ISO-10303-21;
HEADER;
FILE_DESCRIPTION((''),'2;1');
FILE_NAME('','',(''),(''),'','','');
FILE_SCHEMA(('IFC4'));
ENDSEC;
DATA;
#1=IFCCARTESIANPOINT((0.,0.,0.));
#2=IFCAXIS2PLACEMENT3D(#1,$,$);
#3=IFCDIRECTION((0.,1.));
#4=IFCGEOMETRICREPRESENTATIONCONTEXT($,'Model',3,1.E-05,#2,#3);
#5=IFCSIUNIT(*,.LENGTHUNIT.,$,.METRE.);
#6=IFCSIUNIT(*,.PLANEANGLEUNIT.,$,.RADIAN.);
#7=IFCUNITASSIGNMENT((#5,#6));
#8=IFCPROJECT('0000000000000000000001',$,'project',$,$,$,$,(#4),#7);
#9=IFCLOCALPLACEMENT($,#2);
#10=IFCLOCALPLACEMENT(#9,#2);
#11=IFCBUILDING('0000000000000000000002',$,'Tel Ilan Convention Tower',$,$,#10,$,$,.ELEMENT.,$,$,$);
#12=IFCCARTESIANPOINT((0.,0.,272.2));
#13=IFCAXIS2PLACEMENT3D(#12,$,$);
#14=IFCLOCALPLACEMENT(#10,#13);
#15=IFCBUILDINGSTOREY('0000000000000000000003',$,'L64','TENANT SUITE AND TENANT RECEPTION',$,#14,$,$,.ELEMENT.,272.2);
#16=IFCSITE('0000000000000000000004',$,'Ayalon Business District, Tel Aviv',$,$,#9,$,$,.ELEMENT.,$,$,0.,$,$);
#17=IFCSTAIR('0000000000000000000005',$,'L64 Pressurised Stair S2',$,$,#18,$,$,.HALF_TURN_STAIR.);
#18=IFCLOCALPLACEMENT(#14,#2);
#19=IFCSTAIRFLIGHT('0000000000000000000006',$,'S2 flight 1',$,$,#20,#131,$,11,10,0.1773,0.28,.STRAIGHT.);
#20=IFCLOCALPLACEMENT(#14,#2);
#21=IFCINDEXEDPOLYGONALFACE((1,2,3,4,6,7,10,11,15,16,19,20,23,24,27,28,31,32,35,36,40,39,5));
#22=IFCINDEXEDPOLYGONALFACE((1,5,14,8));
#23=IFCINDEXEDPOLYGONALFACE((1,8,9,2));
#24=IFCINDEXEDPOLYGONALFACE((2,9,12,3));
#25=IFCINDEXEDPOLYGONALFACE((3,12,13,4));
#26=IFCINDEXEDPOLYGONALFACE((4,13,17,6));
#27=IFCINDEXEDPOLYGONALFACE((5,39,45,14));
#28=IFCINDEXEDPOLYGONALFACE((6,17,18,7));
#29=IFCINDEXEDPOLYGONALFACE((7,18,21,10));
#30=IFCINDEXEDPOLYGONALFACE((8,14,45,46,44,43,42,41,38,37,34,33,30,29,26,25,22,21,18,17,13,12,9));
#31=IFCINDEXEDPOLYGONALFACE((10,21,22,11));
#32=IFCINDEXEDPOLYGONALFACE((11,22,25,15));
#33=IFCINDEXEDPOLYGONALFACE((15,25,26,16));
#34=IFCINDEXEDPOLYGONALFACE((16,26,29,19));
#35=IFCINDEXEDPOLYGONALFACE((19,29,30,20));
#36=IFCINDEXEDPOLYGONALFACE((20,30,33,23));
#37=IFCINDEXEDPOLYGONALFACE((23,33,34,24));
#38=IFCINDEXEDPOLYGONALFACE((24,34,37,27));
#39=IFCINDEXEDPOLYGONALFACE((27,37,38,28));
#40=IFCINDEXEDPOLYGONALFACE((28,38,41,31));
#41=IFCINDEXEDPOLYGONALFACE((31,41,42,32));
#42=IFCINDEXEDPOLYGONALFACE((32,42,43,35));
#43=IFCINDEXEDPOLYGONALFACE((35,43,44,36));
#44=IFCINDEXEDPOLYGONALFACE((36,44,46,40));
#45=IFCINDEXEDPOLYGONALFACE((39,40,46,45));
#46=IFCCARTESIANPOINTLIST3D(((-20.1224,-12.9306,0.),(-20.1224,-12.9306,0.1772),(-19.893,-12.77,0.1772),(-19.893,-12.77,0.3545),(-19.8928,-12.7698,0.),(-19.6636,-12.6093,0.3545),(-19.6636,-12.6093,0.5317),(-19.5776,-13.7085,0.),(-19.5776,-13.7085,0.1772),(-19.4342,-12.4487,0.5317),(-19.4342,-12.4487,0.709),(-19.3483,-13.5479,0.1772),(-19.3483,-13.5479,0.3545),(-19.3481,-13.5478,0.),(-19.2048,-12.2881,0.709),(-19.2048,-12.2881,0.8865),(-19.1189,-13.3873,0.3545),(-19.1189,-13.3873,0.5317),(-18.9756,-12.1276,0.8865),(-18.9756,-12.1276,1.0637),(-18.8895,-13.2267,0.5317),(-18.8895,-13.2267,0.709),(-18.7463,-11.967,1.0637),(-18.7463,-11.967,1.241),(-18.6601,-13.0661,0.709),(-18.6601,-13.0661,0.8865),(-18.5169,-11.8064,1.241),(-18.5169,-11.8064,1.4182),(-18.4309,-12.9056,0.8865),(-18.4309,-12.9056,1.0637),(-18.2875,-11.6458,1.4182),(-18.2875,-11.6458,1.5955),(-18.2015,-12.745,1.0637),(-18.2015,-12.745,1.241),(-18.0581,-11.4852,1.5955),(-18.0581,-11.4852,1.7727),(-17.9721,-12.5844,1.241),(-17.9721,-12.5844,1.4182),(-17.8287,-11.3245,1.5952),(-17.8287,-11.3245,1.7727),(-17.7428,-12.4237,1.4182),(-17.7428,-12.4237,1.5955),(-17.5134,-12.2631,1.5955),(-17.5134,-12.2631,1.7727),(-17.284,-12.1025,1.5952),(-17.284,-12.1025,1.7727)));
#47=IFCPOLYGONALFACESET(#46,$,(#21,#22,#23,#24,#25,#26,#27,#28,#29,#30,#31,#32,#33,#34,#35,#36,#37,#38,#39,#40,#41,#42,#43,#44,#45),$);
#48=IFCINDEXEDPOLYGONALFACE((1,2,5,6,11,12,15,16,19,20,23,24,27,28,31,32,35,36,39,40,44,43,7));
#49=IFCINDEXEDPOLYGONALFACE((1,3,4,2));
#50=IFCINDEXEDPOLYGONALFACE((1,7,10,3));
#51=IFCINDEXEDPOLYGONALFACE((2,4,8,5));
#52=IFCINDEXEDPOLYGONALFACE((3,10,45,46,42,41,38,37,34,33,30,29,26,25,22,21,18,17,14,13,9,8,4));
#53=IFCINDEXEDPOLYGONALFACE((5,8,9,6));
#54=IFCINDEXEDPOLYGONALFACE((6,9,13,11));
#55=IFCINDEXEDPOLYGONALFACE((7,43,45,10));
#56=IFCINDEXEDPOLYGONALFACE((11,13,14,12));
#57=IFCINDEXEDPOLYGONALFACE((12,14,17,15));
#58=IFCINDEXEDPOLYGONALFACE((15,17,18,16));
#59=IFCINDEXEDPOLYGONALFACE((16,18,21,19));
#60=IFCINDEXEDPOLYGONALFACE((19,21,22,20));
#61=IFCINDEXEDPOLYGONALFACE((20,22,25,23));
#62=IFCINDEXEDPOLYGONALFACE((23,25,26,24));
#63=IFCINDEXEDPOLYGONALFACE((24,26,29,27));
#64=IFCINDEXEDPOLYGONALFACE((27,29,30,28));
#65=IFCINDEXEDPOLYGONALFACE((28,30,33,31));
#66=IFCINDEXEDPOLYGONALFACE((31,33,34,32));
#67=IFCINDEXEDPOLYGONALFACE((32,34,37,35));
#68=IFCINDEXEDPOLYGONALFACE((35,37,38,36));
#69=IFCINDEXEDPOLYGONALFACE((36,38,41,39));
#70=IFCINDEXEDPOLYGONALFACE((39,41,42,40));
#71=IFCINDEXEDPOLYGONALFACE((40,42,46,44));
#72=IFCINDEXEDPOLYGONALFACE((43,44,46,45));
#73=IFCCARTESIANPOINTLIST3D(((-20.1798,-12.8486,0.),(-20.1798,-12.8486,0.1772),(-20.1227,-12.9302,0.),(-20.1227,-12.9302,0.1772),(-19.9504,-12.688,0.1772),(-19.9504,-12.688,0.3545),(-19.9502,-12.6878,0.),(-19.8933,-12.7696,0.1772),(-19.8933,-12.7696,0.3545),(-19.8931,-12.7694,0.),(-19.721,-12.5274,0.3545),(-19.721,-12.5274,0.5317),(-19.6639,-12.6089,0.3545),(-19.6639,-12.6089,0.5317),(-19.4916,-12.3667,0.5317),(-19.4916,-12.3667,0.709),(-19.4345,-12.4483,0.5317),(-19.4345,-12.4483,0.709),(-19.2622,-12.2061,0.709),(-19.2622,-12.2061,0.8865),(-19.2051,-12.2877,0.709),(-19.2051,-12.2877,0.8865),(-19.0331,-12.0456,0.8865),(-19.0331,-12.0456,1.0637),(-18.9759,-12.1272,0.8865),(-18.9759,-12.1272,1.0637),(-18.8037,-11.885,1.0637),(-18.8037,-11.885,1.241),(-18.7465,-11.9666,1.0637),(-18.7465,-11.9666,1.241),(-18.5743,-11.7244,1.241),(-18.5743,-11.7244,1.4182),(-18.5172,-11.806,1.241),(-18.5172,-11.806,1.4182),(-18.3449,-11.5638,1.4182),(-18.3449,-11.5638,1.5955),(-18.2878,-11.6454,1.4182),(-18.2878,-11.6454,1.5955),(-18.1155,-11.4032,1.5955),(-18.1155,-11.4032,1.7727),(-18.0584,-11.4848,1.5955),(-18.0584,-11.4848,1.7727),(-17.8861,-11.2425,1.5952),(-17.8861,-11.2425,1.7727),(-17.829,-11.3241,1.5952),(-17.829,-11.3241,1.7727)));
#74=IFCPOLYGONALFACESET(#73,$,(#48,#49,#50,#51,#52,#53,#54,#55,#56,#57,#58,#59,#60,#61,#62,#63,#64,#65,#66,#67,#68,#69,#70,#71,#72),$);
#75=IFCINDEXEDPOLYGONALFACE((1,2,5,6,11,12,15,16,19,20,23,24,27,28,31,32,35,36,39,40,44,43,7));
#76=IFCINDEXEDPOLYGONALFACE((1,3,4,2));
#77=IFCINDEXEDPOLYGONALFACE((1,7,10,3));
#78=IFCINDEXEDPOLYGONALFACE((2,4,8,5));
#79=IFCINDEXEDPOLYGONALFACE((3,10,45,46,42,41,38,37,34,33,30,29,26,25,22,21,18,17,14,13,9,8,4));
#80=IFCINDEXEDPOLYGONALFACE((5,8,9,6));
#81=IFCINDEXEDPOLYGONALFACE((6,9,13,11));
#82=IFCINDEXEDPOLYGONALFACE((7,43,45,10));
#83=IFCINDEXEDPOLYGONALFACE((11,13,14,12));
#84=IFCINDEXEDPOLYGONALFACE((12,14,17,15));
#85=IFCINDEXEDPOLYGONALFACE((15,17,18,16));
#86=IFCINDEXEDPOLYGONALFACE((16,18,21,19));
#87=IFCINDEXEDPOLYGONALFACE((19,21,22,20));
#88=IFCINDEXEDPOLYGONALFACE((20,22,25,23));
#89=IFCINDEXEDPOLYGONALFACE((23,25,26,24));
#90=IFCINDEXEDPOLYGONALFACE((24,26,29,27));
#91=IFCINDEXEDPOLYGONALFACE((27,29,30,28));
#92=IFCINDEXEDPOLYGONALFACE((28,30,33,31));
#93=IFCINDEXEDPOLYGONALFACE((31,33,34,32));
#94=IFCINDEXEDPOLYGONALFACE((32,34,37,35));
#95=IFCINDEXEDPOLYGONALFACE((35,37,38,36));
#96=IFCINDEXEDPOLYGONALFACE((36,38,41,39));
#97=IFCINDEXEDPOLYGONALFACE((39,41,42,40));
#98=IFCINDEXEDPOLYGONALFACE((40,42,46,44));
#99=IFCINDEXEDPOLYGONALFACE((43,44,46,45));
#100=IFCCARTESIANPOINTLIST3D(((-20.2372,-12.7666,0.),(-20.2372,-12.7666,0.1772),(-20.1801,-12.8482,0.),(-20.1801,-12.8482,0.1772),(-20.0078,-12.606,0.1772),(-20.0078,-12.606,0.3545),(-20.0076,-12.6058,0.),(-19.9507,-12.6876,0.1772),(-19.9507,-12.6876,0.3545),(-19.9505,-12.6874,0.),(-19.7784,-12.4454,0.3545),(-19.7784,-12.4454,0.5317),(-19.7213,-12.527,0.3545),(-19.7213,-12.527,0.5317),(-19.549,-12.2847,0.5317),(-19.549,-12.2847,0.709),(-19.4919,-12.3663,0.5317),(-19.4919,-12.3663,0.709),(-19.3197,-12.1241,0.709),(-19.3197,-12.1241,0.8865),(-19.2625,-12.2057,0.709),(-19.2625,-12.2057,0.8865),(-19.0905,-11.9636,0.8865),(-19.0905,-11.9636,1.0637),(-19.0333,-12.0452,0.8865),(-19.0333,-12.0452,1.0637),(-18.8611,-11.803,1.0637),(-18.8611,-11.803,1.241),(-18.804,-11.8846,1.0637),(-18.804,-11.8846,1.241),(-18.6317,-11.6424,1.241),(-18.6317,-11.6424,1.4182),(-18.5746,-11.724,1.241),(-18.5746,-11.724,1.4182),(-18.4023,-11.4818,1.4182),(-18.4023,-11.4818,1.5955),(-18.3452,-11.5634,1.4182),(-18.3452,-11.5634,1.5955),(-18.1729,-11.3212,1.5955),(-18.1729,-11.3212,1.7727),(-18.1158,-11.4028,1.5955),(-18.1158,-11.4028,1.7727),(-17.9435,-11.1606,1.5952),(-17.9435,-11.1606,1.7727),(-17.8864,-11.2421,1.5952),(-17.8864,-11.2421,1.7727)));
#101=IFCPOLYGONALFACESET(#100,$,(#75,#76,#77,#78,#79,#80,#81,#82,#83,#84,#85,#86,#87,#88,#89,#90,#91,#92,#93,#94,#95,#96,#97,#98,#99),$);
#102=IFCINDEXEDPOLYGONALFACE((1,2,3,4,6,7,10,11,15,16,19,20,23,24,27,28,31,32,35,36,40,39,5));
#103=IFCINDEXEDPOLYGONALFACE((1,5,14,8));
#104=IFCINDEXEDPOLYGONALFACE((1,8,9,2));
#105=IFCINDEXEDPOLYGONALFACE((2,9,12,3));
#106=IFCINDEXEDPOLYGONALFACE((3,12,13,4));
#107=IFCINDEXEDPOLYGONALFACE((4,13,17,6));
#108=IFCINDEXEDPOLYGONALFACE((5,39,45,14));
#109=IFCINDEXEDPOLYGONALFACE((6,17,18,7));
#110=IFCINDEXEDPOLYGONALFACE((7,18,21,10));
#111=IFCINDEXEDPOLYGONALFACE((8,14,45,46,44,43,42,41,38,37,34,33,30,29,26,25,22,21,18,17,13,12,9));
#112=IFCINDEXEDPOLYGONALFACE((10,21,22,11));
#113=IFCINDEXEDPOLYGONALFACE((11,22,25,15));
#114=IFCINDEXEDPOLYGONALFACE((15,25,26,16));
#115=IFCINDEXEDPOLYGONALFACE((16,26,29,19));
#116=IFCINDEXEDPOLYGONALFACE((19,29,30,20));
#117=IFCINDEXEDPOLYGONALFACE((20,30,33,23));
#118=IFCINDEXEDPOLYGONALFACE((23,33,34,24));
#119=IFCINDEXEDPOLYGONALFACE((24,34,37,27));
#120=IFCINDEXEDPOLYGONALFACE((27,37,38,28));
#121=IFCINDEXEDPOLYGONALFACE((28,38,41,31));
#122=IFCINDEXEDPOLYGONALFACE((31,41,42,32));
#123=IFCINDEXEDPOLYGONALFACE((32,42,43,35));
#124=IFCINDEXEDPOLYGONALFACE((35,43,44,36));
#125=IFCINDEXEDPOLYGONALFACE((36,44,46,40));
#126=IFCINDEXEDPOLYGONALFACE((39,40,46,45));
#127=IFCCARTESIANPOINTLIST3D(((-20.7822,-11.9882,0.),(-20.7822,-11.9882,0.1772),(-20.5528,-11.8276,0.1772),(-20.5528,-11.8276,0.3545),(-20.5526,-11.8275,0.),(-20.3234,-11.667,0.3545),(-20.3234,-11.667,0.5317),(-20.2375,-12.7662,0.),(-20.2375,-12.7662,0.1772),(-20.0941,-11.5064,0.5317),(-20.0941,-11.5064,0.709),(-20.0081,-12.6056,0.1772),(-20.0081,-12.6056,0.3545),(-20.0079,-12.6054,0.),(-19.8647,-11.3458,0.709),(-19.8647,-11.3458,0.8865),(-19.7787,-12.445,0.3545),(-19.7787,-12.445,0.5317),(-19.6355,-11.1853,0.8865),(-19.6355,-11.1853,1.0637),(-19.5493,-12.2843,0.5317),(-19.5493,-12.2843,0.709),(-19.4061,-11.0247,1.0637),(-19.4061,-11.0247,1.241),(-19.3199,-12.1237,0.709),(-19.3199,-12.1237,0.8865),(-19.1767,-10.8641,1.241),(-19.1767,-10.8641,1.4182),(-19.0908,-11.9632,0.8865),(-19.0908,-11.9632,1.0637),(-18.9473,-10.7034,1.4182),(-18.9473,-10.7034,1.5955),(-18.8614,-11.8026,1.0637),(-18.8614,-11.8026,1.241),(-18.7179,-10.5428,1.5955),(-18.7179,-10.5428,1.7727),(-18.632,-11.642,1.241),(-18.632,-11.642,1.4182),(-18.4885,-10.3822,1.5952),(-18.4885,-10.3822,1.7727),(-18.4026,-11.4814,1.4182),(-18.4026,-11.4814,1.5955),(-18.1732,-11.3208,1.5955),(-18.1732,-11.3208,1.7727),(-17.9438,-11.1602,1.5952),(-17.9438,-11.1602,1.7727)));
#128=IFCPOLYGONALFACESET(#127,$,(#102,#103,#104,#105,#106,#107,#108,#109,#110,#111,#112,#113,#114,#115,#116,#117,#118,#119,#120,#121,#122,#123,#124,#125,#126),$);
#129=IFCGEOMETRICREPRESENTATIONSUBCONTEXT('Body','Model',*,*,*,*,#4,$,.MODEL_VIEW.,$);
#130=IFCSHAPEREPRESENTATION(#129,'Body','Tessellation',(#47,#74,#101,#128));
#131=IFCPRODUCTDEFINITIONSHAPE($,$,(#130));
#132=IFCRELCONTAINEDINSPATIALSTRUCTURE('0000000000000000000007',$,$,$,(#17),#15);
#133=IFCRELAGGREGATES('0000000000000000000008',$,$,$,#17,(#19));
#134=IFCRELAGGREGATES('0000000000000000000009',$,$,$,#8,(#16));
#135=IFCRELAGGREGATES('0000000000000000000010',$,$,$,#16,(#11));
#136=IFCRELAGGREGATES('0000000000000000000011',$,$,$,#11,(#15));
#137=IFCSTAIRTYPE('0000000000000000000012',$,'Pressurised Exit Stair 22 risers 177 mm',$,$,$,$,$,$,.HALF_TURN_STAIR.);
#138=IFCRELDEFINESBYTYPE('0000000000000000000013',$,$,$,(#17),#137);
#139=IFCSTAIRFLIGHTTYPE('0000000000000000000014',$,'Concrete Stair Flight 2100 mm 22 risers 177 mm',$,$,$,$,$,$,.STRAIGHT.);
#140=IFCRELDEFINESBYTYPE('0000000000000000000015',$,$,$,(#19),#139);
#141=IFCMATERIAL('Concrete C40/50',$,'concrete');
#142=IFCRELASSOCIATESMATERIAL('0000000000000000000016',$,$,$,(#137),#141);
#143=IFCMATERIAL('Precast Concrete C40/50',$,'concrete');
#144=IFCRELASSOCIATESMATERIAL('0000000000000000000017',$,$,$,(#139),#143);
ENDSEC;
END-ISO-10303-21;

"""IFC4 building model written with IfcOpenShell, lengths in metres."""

from ifc_helpers import new_model, si_unit, direction, frame, origin, place, context, subcontext, project, spatial, polyline, outline, extrude, material, type_object, element, aggregate, save


model = new_model("IFC4")

# Units and contexts
model_context = context("Model", 3, precision=1e-05, world=origin(), true_north=direction((0.0, 1.0)))
body_context = subcontext(model_context, "Body", "Model", "MODEL_VIEW")
ifc_project = project(units=[si_unit("LENGTHUNIT", "METRE"), si_unit("PLANEANGLEUNIT", "RADIAN")], contexts=[model_context])

# Site, building, storey
site_placement = place(None, origin())
site = spatial("IfcSite", under=ifc_project, at=site_placement, Name="Ayalon Business District, Tel Aviv", CompositionType="ELEMENT", RefElevation=0.0)
building_placement = place(site_placement, origin())
building = spatial("IfcBuilding", under=site, at=building_placement, Name="Tel Ilan Convention Tower", CompositionType="ELEMENT")
storey_placement = place(building_placement, frame((0.0, 0.0, 272.2)))
storey = spatial("IfcBuildingStorey", under=building, at=storey_placement, Name="L64", Description="TENANT SUITE AND TENANT RECEPTION", CompositionType="ELEMENT", Elevation=272.2)

# Stair, stair flight
ifc_material_1 = material(Name="Concrete C40/50", Category="concrete")
stair_type = type_object("IfcStairType", Name="Pressurised Exit Stair 22 risers 177 mm", PredefinedType="HALF_TURN_STAIR", material=ifc_material_1)
ifc_material_2 = material(Name="Precast Concrete C40/50", Category="concrete")
stair_flight_type = type_object("IfcStairFlightType", Name="Concrete Stair Flight 2100 mm 22 risers 177 mm", PredefinedType="STRAIGHT", material=ifc_material_2)
stair_1_placement = place(storey_placement, origin())
stair_1 = element("IfcStair", 1, at=stair_1_placement, inside=storey, type_object=stair_type, Name="L64 Pressurised Stair S2", PredefinedType="HALF_TURN_STAIR")
stair_flight_1_placement = place(storey_placement, frame((-20.1799, -12.8484, 0.0), z_axis=(0.0, 0.0, 1.0), x_axis=(0.819152, 0.573576, 0.0)))
stair_flight_1 = element("IfcStairFlight", 2, at=stair_flight_1_placement, type_object=stair_flight_type, Name="S2 flight 1", NumberOfRisers=11, NumberOfTreads=10, PredefinedType="STRAIGHT", RiserHeight=0.1773, TreadLength=0.28, context=body_context, shape_type="SweptSolid", body=[
    extrude(outline(polyline([(0.0, 0.0), (0.0, 0.1772), (0.28, 0.1772), (0.28, 0.3545), (0.5601, 0.3545), (0.5601, 0.5317), (0.8401, 0.5317), (0.8401, 0.709), (1.1201, 0.709), (1.1201, 0.8865), (1.3999, 0.8865), (1.3999, 1.0637), (1.6799, 1.0637), (1.6799, 1.241), (1.96, 1.241), (1.96, 1.4182), (2.24, 1.4182), (2.24, 1.5955), (2.52, 1.5955), (2.52, 1.7727), (2.8, 1.7727), (2.8, 1.95), (2.8, 1.5952), (0.2803, 0.0), (0.0, 0.0)])), frame((0.0, -0.1003, 0.0), z_axis=(0.0, -1.0, 0.0), x_axis=(1.0, 0.0, 0.0)), (0.0, 0.0, 1.0), 0.9497),
    extrude(outline(polyline([(0.0, 0.0), (0.0, 0.1772), (0.28, 0.1772), (0.28, 0.3545), (0.5601, 0.3545), (0.5601, 0.5317), (0.8401, 0.5317), (0.8401, 0.709), (1.1201, 0.709), (1.1201, 0.8865), (1.3999, 0.8865), (1.3999, 1.0637), (1.6799, 1.0637), (1.6799, 1.241), (1.96, 1.241), (1.96, 1.4182), (2.24, 1.4182), (2.24, 1.5955), (2.52, 1.5955), (2.52, 1.7727), (2.8, 1.7727), (2.8, 1.95), (2.8, 1.5952), (0.2803, 0.0), (0.0, 0.0)])), frame((0.0, -0.0002, 0.0), z_axis=(0.0, -1.0, 0.0), x_axis=(1.0, 0.0, 0.0)), (0.0, 0.0, 1.0), 0.0996),
    extrude(outline(polyline([(0.0, 0.0), (0.0, 0.1772), (0.28, 0.1772), (0.28, 0.3545), (0.5601, 0.3545), (0.5601, 0.5317), (0.8401, 0.5317), (0.8401, 0.709), (1.1201, 0.709), (1.1201, 0.8865), (1.3999, 0.8865), (1.3999, 1.0637), (1.6799, 1.0637), (1.6799, 1.241), (1.96, 1.241), (1.96, 1.4182), (2.24, 1.4182), (2.24, 1.5955), (2.52, 1.5955), (2.52, 1.7727), (2.8, 1.7727), (2.8, 1.95), (2.8, 1.5952), (0.2803, 0.0), (0.0, 0.0)])), frame((0.0, 0.0999, 0.0), z_axis=(0.0, -1.0, 0.0), x_axis=(1.0, 0.0, 0.0)), (0.0, 0.0, 1.0), 0.0996),
    extrude(outline(polyline([(0.0, 0.0), (0.0, 0.1772), (0.28, 0.1772), (0.28, 0.3545), (0.5601, 0.3545), (0.5601, 0.5317), (0.8401, 0.5317), (0.8401, 0.709), (1.1201, 0.709), (1.1201, 0.8865), (1.3999, 0.8865), (1.3999, 1.0637), (1.6799, 1.0637), (1.6799, 1.241), (1.96, 1.241), (1.96, 1.4182), (2.24, 1.4182), (2.24, 1.5955), (2.52, 1.5955), (2.52, 1.7727), (2.8, 1.7727), (2.8, 1.95), (2.8, 1.5952), (0.2803, 0.0), (0.0, 0.0)])), frame((0.0, 1.05, 0.0), z_axis=(0.0, -1.0, 0.0), x_axis=(1.0, 0.0, 0.0)), (0.0, 0.0, 1.0), 0.9497),
])
aggregate(stair_1, [stair_flight_1])

save(model, "model.ifc")
